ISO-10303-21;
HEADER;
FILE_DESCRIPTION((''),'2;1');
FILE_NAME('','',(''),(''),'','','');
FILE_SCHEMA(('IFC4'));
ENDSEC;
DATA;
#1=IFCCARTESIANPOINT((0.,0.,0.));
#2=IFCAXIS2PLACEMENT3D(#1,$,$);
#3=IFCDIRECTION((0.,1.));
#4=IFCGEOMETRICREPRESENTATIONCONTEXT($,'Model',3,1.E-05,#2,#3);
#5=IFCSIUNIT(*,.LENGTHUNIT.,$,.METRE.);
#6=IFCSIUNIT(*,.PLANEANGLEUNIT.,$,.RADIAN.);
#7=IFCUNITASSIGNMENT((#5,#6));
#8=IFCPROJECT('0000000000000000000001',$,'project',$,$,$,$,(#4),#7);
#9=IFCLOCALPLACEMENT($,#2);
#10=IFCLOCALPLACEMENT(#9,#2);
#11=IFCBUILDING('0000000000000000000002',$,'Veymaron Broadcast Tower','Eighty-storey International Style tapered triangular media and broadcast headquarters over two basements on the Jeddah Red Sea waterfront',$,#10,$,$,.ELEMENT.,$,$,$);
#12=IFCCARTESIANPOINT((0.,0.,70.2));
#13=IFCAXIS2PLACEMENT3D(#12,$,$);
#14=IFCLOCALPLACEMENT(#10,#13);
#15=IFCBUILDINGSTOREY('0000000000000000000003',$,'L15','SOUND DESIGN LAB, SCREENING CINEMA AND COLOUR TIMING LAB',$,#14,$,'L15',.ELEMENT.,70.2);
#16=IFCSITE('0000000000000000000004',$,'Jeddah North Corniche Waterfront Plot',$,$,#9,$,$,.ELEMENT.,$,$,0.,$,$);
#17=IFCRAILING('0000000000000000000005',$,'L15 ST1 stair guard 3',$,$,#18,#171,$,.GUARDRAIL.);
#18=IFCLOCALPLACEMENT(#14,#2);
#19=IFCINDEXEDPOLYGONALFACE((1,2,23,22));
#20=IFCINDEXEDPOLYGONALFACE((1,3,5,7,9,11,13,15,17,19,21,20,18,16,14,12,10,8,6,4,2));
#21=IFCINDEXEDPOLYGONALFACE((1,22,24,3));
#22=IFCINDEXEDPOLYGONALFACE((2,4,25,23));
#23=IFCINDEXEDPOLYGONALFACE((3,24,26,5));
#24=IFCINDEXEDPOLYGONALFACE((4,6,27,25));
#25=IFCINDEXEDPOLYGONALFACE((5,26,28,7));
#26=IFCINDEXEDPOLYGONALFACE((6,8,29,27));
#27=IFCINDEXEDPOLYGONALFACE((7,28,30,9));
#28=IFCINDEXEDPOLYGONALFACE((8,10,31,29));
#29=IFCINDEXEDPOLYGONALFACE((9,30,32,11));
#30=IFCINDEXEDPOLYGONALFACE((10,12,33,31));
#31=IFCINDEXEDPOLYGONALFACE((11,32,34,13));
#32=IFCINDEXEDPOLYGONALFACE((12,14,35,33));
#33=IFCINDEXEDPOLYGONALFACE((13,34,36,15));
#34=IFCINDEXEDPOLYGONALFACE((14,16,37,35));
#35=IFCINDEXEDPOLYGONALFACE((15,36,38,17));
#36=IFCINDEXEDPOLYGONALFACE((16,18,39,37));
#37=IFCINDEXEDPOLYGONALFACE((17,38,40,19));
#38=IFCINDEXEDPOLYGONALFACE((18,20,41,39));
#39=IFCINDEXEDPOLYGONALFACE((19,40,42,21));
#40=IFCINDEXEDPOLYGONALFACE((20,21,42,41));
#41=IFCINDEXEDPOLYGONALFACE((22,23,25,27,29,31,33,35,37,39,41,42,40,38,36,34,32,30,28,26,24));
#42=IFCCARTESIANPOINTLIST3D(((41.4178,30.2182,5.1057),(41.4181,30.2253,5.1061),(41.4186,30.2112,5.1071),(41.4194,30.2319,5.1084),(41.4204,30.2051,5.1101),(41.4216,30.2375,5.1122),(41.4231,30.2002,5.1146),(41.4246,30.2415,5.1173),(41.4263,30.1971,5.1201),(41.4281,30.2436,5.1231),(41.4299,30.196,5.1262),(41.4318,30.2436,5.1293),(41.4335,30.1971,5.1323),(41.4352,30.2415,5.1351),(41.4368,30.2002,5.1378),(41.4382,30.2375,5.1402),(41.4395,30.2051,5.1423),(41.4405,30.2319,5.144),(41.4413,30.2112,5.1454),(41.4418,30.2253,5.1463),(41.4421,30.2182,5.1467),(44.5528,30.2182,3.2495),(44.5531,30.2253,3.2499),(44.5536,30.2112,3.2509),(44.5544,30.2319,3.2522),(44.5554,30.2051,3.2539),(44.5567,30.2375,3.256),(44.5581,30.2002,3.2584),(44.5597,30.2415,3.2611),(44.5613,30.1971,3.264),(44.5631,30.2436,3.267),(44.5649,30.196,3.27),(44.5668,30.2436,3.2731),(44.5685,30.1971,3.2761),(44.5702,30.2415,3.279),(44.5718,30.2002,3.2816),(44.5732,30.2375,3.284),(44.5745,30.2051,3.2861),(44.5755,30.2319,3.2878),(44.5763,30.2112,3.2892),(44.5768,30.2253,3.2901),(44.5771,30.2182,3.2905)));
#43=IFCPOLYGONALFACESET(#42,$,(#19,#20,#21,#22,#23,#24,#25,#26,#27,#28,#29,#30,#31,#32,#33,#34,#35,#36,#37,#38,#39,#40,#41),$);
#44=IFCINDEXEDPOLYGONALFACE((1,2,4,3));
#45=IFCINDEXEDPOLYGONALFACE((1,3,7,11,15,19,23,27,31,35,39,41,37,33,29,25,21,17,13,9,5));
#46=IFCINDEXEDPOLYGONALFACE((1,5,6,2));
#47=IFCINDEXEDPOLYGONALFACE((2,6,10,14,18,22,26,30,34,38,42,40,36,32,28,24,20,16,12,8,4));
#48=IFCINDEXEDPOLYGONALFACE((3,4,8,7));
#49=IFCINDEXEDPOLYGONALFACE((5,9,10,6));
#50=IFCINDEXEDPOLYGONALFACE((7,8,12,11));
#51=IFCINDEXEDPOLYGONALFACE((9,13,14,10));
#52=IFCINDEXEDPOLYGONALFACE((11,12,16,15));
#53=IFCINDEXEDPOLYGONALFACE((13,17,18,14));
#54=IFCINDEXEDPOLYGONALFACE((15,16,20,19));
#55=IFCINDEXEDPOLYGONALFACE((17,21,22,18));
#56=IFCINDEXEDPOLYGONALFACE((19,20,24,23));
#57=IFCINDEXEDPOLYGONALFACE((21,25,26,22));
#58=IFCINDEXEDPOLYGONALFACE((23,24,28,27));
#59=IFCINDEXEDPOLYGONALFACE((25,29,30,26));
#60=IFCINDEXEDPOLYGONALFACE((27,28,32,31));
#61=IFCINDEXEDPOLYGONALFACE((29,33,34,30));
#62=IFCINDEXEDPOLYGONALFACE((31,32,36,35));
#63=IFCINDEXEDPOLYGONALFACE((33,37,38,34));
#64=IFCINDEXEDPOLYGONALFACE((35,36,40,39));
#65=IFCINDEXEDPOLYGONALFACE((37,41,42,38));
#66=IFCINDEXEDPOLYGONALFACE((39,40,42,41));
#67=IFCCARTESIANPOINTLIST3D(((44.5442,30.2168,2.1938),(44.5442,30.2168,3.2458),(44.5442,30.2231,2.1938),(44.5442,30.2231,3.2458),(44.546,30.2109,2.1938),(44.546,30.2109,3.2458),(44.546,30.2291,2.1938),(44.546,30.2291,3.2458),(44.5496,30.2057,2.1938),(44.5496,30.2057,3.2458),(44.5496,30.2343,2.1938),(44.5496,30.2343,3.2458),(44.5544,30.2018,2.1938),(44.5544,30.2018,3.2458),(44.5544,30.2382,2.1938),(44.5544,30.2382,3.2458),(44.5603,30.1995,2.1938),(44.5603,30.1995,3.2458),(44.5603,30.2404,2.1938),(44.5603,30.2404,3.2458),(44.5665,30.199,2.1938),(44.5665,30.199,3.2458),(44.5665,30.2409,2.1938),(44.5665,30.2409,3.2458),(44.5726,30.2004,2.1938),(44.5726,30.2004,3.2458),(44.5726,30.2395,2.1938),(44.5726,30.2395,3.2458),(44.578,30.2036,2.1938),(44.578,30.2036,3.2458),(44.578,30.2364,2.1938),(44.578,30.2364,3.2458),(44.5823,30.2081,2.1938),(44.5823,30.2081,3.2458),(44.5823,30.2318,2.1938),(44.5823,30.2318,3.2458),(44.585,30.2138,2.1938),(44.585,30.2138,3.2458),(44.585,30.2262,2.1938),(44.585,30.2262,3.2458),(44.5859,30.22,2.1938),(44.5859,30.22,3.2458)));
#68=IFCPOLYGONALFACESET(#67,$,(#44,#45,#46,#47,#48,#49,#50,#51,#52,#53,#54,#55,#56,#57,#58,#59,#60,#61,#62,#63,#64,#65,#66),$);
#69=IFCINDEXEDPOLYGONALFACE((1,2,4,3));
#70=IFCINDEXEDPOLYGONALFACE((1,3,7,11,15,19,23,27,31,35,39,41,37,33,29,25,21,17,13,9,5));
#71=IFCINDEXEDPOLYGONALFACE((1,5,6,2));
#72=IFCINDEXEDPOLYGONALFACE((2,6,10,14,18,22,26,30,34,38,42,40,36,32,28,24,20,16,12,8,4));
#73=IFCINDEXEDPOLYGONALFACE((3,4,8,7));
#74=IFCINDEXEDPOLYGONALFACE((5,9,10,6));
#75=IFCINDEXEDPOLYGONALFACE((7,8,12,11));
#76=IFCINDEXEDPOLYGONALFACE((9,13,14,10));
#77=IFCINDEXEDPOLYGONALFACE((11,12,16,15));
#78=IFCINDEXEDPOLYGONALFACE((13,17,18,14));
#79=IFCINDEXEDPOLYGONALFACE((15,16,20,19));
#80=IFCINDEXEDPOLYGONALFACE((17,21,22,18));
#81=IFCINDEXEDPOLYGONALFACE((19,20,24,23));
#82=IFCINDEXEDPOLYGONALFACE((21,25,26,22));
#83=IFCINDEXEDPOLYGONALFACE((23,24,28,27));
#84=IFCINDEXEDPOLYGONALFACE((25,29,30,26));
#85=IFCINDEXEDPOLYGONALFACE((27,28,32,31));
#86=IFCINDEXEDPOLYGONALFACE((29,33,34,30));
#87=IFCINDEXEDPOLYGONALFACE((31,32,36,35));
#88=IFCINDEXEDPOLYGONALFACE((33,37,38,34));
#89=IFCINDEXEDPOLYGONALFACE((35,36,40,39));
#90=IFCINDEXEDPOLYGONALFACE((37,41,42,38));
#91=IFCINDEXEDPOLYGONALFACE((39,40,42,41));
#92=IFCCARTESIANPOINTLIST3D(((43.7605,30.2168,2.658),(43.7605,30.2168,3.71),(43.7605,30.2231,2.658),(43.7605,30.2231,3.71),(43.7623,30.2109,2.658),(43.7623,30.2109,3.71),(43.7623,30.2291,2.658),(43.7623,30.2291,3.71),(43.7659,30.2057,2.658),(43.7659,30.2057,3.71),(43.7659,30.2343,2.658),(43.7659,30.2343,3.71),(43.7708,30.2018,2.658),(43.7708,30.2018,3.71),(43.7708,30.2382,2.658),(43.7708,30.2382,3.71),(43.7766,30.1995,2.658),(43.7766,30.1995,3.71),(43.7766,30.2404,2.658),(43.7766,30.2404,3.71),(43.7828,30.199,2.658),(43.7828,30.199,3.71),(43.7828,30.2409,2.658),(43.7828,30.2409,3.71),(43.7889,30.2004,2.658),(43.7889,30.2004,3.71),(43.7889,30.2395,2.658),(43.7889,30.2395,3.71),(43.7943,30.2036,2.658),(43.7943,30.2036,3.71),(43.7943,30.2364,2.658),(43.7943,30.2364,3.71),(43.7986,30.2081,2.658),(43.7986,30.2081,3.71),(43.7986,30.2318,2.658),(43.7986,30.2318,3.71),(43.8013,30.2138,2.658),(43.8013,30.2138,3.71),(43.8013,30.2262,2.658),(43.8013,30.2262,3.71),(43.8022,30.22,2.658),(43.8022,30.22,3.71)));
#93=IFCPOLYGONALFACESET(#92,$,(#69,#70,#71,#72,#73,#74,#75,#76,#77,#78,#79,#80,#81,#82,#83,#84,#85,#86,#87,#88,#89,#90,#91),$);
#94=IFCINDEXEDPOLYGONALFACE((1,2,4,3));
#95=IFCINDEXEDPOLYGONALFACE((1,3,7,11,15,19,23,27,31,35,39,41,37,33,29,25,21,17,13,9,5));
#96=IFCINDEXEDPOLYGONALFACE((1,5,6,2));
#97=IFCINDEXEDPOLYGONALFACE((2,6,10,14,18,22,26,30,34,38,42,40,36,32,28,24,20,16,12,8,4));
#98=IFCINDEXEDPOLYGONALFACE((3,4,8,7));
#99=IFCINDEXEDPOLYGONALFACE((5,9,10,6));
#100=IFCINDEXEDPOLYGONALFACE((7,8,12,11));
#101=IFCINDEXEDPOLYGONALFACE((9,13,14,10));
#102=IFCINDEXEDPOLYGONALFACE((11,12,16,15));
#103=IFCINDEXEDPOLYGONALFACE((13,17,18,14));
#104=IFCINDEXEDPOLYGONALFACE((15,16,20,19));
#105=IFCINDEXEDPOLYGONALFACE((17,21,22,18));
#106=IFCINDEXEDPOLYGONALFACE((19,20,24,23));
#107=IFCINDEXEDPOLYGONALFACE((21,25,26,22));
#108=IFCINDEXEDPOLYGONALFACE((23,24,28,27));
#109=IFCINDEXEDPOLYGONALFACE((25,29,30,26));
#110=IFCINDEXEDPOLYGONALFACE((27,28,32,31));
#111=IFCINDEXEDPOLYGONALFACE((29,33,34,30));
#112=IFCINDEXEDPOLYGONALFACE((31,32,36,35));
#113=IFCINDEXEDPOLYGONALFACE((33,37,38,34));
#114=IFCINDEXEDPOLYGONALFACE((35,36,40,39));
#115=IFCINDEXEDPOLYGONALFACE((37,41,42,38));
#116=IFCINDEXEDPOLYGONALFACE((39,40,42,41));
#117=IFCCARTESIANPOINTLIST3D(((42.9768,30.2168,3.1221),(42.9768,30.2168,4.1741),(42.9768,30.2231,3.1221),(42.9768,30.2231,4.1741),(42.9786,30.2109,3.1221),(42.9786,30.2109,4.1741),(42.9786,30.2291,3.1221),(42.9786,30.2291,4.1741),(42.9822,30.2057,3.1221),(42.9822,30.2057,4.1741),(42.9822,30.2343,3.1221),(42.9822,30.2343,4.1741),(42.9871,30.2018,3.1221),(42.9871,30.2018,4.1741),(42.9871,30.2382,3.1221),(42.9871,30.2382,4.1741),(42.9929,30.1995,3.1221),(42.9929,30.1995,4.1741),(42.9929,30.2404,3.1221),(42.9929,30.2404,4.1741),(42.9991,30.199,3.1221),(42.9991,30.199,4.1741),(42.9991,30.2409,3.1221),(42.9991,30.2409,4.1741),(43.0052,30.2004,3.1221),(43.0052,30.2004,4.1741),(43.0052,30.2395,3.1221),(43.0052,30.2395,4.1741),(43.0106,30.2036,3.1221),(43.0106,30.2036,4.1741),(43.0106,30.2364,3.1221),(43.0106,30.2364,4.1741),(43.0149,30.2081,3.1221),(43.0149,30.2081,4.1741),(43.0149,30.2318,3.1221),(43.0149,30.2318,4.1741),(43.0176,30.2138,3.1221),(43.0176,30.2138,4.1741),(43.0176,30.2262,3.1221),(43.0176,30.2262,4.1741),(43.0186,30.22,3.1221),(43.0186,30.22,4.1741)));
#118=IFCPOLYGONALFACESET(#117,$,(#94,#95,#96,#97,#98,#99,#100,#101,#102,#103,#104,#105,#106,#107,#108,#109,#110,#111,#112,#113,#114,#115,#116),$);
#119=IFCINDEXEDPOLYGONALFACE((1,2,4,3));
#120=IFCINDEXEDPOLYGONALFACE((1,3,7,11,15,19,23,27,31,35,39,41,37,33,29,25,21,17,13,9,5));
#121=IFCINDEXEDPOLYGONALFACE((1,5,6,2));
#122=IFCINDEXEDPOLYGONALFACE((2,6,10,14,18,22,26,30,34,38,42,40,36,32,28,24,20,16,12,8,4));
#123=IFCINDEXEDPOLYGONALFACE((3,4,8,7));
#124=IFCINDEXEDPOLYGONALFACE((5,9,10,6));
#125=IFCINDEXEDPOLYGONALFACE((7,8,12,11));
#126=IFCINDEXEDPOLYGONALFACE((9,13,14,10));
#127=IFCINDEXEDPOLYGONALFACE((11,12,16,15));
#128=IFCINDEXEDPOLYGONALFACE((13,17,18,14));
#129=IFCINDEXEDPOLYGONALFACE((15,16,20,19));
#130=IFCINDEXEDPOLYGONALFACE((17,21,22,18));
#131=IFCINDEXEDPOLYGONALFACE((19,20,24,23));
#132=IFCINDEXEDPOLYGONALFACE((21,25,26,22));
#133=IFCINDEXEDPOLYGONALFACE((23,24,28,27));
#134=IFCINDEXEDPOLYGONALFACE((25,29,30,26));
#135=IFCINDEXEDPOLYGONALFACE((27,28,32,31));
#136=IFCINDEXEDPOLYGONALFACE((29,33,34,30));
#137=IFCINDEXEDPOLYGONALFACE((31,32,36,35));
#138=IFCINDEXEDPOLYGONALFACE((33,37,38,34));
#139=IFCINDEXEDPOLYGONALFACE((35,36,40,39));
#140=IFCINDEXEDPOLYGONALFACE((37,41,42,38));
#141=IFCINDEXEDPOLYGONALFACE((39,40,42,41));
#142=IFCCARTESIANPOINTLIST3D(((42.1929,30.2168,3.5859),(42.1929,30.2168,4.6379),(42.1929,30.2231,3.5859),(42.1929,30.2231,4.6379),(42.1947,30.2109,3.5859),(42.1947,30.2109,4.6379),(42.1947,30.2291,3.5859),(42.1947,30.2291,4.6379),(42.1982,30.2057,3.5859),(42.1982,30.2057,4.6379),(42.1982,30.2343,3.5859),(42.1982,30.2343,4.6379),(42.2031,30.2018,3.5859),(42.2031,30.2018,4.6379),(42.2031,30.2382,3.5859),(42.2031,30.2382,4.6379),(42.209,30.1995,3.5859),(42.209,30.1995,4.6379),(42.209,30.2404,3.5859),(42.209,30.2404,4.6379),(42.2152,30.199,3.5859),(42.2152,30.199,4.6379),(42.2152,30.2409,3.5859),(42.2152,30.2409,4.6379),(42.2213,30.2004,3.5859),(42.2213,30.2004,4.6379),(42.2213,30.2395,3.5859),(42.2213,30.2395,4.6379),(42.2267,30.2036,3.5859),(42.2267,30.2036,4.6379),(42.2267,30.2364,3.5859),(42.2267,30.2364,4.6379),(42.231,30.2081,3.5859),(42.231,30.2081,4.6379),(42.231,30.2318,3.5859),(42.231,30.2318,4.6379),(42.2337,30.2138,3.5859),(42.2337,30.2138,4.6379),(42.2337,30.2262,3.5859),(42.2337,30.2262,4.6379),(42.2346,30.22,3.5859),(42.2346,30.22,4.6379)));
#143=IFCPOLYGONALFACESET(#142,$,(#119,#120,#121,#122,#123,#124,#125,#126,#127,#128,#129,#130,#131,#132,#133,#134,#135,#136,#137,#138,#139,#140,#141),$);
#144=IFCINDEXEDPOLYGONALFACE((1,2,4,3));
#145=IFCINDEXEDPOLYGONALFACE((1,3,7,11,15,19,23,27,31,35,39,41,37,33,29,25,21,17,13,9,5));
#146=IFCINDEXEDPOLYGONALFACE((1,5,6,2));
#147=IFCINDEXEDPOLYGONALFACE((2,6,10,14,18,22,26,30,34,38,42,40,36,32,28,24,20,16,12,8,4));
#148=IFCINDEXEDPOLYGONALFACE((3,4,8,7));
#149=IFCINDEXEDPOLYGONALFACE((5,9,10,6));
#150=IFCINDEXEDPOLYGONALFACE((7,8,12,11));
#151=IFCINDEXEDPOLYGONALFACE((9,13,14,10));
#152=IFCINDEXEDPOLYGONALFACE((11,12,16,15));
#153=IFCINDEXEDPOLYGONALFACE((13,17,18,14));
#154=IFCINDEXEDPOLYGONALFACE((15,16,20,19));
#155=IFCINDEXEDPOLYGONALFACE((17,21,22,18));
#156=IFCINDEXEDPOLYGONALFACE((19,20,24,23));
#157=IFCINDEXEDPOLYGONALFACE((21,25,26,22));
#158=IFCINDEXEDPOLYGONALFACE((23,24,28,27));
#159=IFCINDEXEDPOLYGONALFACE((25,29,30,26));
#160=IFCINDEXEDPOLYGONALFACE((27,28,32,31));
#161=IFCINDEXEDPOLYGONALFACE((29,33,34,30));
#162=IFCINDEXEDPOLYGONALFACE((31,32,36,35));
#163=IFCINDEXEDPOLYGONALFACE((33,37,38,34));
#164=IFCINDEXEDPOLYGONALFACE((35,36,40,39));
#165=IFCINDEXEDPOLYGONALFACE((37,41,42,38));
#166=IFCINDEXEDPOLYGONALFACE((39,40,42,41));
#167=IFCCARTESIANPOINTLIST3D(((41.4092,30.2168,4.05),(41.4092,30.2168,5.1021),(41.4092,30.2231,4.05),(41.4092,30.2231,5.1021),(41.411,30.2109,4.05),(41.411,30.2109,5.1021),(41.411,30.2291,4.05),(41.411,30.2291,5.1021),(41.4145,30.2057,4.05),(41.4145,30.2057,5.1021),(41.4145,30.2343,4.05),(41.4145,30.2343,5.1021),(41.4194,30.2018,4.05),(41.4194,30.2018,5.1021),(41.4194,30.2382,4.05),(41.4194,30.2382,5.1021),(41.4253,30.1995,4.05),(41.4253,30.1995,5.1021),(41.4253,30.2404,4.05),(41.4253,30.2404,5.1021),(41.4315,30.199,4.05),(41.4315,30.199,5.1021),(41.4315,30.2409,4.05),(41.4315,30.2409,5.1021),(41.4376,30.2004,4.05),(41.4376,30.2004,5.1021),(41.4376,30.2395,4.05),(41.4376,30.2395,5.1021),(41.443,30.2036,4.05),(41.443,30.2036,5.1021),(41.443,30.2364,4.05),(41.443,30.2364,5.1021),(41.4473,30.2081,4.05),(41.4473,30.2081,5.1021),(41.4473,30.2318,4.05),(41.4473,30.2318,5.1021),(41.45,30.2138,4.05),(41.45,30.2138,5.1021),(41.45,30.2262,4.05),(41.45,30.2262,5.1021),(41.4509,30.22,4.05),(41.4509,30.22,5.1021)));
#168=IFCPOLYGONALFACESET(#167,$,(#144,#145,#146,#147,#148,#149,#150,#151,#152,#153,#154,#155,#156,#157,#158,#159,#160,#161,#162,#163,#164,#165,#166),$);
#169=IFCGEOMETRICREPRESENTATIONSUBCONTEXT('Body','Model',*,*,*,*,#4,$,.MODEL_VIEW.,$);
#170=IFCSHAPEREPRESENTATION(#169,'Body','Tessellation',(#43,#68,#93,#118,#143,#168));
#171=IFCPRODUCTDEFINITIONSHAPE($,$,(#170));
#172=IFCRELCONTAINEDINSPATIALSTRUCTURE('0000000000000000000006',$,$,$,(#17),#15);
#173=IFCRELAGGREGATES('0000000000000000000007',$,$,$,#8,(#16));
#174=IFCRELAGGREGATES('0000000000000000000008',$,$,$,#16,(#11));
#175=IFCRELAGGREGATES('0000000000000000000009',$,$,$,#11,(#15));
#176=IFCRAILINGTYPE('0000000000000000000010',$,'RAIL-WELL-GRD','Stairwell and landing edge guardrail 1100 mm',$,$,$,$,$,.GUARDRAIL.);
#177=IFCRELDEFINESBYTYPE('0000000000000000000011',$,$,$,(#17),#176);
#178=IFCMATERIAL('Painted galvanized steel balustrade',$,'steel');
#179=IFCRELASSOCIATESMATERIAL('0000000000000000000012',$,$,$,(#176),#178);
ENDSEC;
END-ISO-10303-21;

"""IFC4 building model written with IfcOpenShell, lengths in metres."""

from ifc_helpers import new_model, si_unit, direction, frame, origin, origin_2d, place, context, subcontext, project, spatial, circle, extrude, material, type_object, element, save


model = new_model("IFC4")

# Units and contexts
model_context = context("Model", 3, precision=1e-05, world=origin(), true_north=direction((0.0, 1.0)))
body_context = subcontext(model_context, "Body", "Model", "MODEL_VIEW")
ifc_project = project(units=[si_unit("LENGTHUNIT", "METRE"), si_unit("PLANEANGLEUNIT", "RADIAN")], contexts=[model_context])

# Site, building, storey
site_placement = place(None, origin())
site = spatial("IfcSite", under=ifc_project, at=site_placement, Name="Jeddah North Corniche Waterfront Plot", CompositionType="ELEMENT", RefElevation=0.0)
building_placement = place(site_placement, origin())
building = spatial("IfcBuilding", under=site, at=building_placement, Name="Veymaron Broadcast Tower", Description="Eighty-storey International Style tapered triangular media and broadcast headquarters over two basements on the Jeddah Red Sea waterfront", CompositionType="ELEMENT")
storey_placement = place(building_placement, frame((0.0, 0.0, 70.2)))
storey = spatial("IfcBuildingStorey", under=building, at=storey_placement, Name="L15", Description="SOUND DESIGN LAB, SCREENING CINEMA AND COLOUR TIMING LAB", LongName="L15", CompositionType="ELEMENT", Elevation=70.2)

# Railing
ifc_material_1 = material(Name="Painted galvanized steel balustrade", Category="steel")
railing_type_1 = type_object("IfcRailingType", Name="RAIL-WELL-GRD", Description="Stairwell and landing edge guardrail 1100 mm", PredefinedType="GUARDRAIL", material=ifc_material_1)
railing_1_placement = place(storey_placement, frame((44.5649, 30.22, 2.1938)))
element("IfcRailing", 1, at=railing_1_placement, inside=storey, type_object=railing_type_1, Name="L15 ST1 stair guard 3", PredefinedType="GUARDRAIL", context=body_context, shape_type="SweptSolid", body=[
    extrude(circle(Radius=0.0239, at=origin_2d()), frame((0.0, 0.0, 1.0762), z_axis=(-0.860482, 0.0, 0.509481), x_axis=(0.0, -1.0, 0.0)), (0.0, 0.0, 1.0), 3.6433),
    extrude(circle(Radius=0.021, at=origin_2d()), origin(), (0.0, 0.0, 1.0), 1.052),
    extrude(circle(Radius=0.021, at=origin_2d()), frame((-0.7837, 0.0, 0.4641)), (0.0, 0.0, 1.0), 1.052),
    extrude(circle(Radius=0.021, at=origin_2d()), frame((-1.5674, 0.0, 0.9282)), (0.0, 0.0, 1.0), 1.052),
    extrude(circle(Radius=0.021, at=origin_2d()), frame((-2.3513, 0.0, 1.3921)), (0.0, 0.0, 1.0), 1.052),
    extrude(circle(Radius=0.021, at=origin_2d()), frame((-3.135, 0.0, 1.8562)), (0.0, 0.0, 1.0), 1.052),
])

save(model, "model.ifc")
